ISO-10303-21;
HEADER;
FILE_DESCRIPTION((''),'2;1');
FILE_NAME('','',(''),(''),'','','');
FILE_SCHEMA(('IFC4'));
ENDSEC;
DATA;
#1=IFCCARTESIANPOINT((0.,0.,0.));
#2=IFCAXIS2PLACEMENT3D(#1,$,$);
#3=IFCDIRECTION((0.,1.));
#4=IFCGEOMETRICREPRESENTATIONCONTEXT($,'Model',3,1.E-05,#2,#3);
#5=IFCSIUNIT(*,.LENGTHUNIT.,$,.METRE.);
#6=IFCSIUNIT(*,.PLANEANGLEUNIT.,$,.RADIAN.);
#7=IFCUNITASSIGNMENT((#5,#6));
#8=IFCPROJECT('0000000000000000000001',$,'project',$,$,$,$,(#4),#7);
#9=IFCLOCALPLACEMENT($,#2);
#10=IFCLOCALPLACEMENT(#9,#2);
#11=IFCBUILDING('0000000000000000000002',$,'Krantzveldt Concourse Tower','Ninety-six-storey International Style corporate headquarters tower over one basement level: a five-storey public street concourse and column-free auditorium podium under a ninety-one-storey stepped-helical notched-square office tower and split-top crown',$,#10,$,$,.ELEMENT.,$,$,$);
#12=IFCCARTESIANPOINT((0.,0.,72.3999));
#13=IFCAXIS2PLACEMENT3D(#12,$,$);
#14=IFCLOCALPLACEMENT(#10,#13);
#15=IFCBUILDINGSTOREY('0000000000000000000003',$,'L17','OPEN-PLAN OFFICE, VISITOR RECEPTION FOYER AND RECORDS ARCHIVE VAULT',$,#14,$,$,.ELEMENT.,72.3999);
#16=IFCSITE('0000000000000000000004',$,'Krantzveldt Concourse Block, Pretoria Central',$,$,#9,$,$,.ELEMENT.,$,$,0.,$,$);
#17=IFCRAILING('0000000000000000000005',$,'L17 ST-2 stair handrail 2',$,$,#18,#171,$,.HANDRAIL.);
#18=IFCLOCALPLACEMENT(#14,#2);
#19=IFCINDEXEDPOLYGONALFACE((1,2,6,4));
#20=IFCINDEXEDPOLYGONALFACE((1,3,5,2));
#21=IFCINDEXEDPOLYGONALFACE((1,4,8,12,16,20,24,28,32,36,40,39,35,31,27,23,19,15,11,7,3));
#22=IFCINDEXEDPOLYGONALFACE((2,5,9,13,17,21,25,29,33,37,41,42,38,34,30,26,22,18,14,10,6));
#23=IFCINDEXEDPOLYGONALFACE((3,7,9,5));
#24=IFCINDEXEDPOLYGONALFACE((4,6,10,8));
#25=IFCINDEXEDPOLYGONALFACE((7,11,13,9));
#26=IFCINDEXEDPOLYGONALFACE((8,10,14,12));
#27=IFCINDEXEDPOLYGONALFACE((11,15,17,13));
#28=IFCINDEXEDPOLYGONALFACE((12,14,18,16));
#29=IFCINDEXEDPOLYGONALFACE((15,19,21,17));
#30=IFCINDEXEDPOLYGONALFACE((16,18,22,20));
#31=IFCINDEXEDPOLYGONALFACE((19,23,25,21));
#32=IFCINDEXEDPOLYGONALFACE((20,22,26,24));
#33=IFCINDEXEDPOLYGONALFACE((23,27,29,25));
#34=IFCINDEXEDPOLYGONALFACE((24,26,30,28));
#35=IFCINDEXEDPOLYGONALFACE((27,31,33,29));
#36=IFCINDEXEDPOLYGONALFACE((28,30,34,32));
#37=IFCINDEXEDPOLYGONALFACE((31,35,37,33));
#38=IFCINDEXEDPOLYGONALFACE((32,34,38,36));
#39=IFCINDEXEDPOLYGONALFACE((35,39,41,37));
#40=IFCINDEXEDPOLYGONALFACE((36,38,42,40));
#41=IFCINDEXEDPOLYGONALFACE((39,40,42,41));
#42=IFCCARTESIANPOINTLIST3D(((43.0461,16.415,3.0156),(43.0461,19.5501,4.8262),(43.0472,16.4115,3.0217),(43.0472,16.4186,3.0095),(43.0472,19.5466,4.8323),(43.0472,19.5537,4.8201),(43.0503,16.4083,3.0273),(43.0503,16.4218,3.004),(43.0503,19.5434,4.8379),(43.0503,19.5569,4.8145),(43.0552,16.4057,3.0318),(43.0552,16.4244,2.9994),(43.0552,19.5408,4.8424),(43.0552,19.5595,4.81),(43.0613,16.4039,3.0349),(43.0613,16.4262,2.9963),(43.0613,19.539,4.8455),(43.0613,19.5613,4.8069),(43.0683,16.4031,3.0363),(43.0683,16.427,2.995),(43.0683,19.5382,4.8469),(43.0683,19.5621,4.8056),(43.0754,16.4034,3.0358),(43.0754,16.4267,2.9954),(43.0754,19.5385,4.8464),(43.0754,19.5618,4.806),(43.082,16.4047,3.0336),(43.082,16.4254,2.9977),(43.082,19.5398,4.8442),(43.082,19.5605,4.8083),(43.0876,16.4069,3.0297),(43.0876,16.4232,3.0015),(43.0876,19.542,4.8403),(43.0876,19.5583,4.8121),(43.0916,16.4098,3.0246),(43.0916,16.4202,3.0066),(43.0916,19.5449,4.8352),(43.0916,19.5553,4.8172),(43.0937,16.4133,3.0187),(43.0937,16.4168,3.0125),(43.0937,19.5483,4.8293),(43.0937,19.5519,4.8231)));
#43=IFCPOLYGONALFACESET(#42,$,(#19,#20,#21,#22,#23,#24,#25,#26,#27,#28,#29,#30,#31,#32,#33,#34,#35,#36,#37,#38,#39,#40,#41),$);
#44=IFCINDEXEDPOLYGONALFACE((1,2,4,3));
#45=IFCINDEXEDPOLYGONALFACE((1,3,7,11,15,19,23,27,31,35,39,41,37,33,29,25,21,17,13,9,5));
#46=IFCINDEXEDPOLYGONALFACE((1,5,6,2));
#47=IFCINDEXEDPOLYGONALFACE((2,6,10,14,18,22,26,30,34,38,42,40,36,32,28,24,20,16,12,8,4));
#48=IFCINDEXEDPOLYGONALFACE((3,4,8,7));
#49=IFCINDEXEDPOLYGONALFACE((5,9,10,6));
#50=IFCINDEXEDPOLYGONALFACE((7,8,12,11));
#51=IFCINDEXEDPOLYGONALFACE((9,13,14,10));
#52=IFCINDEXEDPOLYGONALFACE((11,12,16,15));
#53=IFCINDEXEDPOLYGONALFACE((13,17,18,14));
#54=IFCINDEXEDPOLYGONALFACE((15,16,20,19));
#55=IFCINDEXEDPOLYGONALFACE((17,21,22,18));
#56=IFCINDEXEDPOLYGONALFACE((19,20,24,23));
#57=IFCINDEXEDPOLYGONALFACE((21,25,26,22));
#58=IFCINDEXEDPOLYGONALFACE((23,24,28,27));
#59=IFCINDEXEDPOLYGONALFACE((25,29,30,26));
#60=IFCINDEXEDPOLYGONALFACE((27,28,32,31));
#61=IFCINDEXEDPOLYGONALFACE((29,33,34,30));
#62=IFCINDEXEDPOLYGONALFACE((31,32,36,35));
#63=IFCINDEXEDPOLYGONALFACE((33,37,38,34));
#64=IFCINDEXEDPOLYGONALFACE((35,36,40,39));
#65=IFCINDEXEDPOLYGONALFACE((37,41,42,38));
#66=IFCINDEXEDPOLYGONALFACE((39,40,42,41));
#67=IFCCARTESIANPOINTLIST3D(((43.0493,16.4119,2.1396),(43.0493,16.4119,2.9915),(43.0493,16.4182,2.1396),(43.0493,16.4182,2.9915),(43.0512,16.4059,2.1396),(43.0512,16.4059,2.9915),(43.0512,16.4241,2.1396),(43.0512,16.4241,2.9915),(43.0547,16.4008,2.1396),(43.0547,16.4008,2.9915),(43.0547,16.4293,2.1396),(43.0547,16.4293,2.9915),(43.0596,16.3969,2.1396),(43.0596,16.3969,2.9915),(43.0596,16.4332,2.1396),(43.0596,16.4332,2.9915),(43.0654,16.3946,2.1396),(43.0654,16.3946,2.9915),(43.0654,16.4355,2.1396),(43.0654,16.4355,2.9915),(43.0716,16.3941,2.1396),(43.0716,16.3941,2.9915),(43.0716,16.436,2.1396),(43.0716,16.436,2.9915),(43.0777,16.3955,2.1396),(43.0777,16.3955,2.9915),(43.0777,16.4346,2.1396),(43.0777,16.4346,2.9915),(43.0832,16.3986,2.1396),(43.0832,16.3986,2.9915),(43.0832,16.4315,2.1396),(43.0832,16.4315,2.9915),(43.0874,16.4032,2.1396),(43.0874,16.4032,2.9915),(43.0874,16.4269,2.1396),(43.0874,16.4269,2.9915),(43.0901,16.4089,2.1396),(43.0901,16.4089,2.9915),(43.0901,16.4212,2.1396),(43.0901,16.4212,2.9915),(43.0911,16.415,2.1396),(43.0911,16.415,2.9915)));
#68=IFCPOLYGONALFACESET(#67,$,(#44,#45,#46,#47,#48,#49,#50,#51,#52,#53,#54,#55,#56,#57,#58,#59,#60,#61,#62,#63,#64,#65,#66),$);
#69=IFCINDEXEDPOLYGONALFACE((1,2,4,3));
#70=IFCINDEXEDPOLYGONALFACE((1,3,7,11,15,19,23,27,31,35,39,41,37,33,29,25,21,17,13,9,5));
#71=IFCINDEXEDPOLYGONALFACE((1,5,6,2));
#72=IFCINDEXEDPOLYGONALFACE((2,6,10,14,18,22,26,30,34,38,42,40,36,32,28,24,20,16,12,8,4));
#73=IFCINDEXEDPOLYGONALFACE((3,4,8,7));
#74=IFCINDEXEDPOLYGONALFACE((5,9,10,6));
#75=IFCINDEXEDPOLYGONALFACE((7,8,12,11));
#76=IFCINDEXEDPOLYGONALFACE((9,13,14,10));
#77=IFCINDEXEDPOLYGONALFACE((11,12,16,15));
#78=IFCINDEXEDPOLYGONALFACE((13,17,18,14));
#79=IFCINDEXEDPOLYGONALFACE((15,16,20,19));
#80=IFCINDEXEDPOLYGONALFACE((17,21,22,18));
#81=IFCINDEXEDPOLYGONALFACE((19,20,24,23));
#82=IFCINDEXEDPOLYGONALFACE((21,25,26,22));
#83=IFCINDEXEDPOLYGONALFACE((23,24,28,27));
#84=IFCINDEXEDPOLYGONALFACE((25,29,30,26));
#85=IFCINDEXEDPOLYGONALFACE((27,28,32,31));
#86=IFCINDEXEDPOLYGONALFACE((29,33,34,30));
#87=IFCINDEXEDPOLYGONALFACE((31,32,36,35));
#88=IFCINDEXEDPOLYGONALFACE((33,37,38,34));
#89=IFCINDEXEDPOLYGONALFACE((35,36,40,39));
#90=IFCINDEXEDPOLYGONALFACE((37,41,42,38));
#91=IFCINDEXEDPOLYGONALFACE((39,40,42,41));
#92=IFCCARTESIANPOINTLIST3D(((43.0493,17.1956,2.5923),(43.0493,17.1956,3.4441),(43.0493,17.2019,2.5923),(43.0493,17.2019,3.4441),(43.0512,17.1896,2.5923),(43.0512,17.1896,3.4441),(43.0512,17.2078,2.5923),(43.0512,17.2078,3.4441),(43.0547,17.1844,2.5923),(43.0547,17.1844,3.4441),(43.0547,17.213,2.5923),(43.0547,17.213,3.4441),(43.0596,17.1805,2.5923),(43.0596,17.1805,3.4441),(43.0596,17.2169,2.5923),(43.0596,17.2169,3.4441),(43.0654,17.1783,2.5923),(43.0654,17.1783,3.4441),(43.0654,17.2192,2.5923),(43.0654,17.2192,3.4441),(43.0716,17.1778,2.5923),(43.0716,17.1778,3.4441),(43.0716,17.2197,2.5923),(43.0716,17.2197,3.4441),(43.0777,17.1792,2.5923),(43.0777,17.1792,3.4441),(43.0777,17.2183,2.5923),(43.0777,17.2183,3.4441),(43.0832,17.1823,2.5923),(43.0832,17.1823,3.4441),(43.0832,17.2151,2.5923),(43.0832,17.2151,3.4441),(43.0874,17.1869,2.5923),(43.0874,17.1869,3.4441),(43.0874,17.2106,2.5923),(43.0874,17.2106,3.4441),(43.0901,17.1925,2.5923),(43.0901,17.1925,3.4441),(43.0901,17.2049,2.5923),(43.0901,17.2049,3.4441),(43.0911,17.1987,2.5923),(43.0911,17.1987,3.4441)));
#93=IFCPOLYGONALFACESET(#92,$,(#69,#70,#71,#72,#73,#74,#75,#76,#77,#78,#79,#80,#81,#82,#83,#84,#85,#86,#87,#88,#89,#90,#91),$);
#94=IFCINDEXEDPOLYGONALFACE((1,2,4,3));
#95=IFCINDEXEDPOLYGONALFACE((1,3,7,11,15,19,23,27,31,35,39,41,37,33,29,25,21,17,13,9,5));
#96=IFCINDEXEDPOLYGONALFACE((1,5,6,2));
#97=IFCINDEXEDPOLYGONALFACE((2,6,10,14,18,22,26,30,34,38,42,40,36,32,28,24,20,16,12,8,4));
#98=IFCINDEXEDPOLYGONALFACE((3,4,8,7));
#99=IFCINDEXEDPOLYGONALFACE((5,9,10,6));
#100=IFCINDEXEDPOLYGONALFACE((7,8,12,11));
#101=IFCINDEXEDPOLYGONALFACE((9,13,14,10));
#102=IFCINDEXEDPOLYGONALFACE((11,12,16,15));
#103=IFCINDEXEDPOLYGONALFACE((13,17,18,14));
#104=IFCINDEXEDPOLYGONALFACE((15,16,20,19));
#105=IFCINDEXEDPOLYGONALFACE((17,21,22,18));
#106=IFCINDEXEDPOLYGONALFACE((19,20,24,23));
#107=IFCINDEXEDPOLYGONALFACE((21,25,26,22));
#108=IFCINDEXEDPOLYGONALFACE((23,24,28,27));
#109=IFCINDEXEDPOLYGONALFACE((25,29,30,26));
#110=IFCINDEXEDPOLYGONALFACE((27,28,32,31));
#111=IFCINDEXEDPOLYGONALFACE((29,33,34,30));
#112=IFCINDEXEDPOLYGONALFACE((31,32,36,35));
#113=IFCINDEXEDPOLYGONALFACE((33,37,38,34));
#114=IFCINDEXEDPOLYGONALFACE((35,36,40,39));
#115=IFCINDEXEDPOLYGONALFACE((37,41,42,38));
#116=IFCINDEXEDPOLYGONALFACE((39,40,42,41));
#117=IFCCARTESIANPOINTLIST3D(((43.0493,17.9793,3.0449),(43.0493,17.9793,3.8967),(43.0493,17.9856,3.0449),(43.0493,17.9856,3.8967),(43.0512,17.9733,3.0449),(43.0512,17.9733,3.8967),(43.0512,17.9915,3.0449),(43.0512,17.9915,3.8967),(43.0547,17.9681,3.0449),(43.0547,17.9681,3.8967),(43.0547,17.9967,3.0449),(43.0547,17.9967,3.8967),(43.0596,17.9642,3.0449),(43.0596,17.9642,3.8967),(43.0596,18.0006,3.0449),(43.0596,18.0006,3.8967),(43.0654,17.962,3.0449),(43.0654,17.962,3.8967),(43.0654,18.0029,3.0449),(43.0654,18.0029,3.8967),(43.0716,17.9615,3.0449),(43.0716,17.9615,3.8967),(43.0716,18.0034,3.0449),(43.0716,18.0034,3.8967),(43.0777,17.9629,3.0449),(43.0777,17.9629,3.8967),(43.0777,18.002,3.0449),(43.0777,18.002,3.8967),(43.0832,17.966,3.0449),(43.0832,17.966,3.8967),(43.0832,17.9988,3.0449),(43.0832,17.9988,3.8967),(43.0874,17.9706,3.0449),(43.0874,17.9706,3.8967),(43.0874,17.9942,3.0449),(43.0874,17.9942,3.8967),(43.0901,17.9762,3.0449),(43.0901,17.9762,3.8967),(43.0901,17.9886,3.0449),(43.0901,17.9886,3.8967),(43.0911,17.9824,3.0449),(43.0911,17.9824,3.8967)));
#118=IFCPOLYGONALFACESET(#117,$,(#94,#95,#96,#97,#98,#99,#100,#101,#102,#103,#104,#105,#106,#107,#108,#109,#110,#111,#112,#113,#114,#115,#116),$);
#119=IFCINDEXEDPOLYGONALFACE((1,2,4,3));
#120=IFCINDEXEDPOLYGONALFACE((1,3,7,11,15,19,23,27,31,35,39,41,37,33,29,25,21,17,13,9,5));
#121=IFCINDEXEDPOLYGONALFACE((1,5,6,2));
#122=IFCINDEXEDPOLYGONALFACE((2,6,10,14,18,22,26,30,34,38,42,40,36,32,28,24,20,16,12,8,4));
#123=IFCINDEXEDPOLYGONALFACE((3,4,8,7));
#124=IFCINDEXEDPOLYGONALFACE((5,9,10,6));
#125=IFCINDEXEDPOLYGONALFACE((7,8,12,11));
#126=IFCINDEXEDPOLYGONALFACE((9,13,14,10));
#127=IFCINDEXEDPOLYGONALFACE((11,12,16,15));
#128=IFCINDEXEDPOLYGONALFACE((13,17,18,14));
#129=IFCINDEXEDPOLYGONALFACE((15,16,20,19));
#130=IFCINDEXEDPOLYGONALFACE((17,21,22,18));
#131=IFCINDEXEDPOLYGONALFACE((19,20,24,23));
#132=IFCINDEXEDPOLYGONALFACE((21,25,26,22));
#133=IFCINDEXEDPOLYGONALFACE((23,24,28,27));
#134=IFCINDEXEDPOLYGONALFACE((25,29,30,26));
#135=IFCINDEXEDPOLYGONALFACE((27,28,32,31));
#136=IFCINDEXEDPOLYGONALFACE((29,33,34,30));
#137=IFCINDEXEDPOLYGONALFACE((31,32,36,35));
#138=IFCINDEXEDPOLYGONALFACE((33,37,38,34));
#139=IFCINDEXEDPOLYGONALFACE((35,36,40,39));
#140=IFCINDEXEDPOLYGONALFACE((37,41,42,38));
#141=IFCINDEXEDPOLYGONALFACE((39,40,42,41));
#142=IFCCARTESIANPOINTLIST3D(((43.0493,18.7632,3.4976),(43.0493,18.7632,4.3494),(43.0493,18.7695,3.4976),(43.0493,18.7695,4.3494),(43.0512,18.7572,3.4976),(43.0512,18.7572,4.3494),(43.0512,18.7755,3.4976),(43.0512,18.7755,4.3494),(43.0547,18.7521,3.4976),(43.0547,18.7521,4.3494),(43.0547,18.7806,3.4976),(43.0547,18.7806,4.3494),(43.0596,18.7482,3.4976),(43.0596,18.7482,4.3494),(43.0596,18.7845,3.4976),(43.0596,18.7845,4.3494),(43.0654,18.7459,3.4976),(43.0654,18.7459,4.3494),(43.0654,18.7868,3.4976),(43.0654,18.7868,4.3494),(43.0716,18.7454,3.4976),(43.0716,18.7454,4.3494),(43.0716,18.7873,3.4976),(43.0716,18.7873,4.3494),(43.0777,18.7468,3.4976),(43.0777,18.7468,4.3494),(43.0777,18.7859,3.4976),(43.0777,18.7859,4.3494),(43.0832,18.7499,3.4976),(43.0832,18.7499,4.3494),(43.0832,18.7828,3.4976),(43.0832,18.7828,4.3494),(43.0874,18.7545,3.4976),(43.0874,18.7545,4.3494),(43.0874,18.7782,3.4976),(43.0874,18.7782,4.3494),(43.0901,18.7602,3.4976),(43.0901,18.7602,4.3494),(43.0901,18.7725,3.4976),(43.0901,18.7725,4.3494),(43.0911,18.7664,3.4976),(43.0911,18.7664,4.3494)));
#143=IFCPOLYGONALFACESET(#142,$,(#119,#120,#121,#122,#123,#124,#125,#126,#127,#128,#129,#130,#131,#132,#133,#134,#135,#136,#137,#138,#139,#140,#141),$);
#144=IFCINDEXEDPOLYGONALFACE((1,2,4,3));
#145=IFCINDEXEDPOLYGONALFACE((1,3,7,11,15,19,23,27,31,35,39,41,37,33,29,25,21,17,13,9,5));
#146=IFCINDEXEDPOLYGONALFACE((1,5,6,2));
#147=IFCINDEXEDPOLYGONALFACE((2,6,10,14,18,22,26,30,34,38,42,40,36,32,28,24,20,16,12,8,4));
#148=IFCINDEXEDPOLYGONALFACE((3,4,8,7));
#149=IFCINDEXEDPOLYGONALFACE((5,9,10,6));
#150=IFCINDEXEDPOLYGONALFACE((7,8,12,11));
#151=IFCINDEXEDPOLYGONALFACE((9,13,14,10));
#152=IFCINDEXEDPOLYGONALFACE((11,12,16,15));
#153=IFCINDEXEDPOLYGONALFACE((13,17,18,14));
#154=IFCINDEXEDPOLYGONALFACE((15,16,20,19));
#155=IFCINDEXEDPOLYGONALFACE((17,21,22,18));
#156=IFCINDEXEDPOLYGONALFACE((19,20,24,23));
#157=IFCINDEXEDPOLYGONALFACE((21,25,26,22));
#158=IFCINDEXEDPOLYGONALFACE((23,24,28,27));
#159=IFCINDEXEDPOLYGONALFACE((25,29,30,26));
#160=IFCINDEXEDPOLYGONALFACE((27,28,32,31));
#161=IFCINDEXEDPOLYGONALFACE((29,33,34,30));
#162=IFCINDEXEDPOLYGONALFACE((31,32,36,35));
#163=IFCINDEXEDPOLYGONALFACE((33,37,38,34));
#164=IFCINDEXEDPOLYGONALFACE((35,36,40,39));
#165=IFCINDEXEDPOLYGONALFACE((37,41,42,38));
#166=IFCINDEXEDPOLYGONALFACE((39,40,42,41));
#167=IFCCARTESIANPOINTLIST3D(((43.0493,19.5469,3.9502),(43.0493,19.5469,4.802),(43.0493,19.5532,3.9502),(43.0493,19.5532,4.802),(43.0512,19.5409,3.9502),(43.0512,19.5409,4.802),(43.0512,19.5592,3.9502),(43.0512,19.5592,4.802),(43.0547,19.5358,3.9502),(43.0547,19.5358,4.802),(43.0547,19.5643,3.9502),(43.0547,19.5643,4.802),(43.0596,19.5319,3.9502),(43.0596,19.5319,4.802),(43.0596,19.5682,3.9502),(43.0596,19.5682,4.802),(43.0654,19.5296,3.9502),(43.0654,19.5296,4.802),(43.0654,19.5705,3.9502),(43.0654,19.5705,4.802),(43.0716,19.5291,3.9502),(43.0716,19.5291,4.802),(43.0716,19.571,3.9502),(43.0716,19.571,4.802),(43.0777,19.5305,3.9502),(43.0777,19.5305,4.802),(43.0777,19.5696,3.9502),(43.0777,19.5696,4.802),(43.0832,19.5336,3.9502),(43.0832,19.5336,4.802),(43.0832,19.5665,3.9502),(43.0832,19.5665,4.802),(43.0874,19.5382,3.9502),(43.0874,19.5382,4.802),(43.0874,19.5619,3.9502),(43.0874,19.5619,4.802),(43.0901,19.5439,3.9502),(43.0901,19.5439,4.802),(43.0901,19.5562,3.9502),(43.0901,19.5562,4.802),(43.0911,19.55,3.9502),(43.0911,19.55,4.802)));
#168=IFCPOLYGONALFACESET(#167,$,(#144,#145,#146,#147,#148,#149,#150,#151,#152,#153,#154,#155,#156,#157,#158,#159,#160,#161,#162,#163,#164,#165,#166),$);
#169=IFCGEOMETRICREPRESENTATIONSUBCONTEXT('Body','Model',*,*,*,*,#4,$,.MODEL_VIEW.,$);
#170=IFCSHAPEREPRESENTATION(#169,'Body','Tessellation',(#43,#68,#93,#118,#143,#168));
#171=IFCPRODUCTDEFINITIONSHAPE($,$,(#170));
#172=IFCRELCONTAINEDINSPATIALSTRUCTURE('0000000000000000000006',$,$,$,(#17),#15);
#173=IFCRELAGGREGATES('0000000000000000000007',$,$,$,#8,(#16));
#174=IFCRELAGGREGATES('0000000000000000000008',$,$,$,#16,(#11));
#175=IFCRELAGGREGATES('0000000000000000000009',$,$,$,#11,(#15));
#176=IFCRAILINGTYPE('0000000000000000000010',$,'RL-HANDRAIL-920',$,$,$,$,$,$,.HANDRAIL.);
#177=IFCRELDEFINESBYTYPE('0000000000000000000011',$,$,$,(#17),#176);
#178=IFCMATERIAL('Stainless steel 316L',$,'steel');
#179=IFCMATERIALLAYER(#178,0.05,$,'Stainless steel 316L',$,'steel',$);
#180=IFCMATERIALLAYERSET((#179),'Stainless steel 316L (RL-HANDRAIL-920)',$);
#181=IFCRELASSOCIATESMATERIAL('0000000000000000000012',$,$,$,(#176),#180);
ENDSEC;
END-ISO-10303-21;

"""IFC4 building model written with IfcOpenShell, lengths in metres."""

from ifc_helpers import new_model, si_unit, direction, frame, origin, origin_2d, place, context, subcontext, project, spatial, circle, extrude, material, layer, layer_set, type_object, element, save


model = new_model("IFC4")

# Units and contexts
model_context = context("Model", 3, precision=1e-05, world=origin(), true_north=direction((0.0, 1.0)))
body_context = subcontext(model_context, "Body", "Model", "MODEL_VIEW")
ifc_project = project(units=[si_unit("LENGTHUNIT", "METRE"), si_unit("PLANEANGLEUNIT", "RADIAN")], contexts=[model_context])

# Site, building, storey
site_placement = place(None, origin())
site = spatial("IfcSite", under=ifc_project, at=site_placement, Name="Krantzveldt Concourse Block, Pretoria Central", CompositionType="ELEMENT", RefElevation=0.0)
building_placement = place(site_placement, origin())
building = spatial("IfcBuilding", under=site, at=building_placement, Name="Krantzveldt Concourse Tower", Description="Ninety-six-storey International Style corporate headquarters tower over one basement level: a five-storey public street concourse and column-free auditorium podium under a ninety-one-storey stepped-helical notched-square office tower and split-top crown", CompositionType="ELEMENT")
storey_placement = place(building_placement, frame((0.0, 0.0, 72.3999)))
storey = spatial("IfcBuildingStorey", under=building, at=storey_placement, Name="L17", Description="OPEN-PLAN OFFICE, VISITOR RECEPTION FOYER AND RECORDS ARCHIVE VAULT", CompositionType="ELEMENT", Elevation=72.3999)

# Shared definitions
ifc_material_1 = material(Name="Stainless steel 316L", Category="steel")

# Railing
ifc_layer_1 = layer(ifc_material_1, 0.05, Name="Stainless steel 316L", Category="steel")
ifc_layer_set_1 = layer_set([ifc_layer_1], Name="Stainless steel 316L (RL-HANDRAIL-920)")
railing_type_1 = type_object("IfcRailingType", Name="RL-HANDRAIL-920", PredefinedType="HANDRAIL", material=ifc_layer_set_1)
railing_1_placement = place(storey_placement, frame((43.0701, 16.415, 2.1396)))
element("IfcRailing", 1, at=railing_1_placement, inside=storey, type_object=railing_type_1, Name="L17 ST-2 stair handrail 2", PredefinedType="HANDRAIL", context=body_context, shape_type="SweptSolid", body=[
    extrude(circle(Radius=0.0239, at=origin_2d()), frame((0.0, 0.0, 0.876), z_axis=(0.0, 0.86596, 0.500114), x_axis=(-1.0, 0.0, 0.0)), (0.0, 0.0, 1.0), 3.6204),
    extrude(circle(Radius=0.021, at=origin_2d()), origin(), (0.0, 0.0, 1.0), 0.8518),
    extrude(circle(Radius=0.021, at=origin_2d()), frame((0.0, 0.7837, 0.4526)), (0.0, 0.0, 1.0), 0.8518),
    extrude(circle(Radius=0.021, at=origin_2d()), frame((0.0, 1.5674, 0.9053)), (0.0, 0.0, 1.0), 0.8518),
    extrude(circle(Radius=0.021, at=origin_2d()), frame((0.0, 2.3513, 1.3579)), (0.0, 0.0, 1.0), 0.8518),
    extrude(circle(Radius=0.021, at=origin_2d()), frame((0.0, 3.135, 1.8105)), (0.0, 0.0, 1.0), 0.8518),
])

save(model, "model.ifc")
